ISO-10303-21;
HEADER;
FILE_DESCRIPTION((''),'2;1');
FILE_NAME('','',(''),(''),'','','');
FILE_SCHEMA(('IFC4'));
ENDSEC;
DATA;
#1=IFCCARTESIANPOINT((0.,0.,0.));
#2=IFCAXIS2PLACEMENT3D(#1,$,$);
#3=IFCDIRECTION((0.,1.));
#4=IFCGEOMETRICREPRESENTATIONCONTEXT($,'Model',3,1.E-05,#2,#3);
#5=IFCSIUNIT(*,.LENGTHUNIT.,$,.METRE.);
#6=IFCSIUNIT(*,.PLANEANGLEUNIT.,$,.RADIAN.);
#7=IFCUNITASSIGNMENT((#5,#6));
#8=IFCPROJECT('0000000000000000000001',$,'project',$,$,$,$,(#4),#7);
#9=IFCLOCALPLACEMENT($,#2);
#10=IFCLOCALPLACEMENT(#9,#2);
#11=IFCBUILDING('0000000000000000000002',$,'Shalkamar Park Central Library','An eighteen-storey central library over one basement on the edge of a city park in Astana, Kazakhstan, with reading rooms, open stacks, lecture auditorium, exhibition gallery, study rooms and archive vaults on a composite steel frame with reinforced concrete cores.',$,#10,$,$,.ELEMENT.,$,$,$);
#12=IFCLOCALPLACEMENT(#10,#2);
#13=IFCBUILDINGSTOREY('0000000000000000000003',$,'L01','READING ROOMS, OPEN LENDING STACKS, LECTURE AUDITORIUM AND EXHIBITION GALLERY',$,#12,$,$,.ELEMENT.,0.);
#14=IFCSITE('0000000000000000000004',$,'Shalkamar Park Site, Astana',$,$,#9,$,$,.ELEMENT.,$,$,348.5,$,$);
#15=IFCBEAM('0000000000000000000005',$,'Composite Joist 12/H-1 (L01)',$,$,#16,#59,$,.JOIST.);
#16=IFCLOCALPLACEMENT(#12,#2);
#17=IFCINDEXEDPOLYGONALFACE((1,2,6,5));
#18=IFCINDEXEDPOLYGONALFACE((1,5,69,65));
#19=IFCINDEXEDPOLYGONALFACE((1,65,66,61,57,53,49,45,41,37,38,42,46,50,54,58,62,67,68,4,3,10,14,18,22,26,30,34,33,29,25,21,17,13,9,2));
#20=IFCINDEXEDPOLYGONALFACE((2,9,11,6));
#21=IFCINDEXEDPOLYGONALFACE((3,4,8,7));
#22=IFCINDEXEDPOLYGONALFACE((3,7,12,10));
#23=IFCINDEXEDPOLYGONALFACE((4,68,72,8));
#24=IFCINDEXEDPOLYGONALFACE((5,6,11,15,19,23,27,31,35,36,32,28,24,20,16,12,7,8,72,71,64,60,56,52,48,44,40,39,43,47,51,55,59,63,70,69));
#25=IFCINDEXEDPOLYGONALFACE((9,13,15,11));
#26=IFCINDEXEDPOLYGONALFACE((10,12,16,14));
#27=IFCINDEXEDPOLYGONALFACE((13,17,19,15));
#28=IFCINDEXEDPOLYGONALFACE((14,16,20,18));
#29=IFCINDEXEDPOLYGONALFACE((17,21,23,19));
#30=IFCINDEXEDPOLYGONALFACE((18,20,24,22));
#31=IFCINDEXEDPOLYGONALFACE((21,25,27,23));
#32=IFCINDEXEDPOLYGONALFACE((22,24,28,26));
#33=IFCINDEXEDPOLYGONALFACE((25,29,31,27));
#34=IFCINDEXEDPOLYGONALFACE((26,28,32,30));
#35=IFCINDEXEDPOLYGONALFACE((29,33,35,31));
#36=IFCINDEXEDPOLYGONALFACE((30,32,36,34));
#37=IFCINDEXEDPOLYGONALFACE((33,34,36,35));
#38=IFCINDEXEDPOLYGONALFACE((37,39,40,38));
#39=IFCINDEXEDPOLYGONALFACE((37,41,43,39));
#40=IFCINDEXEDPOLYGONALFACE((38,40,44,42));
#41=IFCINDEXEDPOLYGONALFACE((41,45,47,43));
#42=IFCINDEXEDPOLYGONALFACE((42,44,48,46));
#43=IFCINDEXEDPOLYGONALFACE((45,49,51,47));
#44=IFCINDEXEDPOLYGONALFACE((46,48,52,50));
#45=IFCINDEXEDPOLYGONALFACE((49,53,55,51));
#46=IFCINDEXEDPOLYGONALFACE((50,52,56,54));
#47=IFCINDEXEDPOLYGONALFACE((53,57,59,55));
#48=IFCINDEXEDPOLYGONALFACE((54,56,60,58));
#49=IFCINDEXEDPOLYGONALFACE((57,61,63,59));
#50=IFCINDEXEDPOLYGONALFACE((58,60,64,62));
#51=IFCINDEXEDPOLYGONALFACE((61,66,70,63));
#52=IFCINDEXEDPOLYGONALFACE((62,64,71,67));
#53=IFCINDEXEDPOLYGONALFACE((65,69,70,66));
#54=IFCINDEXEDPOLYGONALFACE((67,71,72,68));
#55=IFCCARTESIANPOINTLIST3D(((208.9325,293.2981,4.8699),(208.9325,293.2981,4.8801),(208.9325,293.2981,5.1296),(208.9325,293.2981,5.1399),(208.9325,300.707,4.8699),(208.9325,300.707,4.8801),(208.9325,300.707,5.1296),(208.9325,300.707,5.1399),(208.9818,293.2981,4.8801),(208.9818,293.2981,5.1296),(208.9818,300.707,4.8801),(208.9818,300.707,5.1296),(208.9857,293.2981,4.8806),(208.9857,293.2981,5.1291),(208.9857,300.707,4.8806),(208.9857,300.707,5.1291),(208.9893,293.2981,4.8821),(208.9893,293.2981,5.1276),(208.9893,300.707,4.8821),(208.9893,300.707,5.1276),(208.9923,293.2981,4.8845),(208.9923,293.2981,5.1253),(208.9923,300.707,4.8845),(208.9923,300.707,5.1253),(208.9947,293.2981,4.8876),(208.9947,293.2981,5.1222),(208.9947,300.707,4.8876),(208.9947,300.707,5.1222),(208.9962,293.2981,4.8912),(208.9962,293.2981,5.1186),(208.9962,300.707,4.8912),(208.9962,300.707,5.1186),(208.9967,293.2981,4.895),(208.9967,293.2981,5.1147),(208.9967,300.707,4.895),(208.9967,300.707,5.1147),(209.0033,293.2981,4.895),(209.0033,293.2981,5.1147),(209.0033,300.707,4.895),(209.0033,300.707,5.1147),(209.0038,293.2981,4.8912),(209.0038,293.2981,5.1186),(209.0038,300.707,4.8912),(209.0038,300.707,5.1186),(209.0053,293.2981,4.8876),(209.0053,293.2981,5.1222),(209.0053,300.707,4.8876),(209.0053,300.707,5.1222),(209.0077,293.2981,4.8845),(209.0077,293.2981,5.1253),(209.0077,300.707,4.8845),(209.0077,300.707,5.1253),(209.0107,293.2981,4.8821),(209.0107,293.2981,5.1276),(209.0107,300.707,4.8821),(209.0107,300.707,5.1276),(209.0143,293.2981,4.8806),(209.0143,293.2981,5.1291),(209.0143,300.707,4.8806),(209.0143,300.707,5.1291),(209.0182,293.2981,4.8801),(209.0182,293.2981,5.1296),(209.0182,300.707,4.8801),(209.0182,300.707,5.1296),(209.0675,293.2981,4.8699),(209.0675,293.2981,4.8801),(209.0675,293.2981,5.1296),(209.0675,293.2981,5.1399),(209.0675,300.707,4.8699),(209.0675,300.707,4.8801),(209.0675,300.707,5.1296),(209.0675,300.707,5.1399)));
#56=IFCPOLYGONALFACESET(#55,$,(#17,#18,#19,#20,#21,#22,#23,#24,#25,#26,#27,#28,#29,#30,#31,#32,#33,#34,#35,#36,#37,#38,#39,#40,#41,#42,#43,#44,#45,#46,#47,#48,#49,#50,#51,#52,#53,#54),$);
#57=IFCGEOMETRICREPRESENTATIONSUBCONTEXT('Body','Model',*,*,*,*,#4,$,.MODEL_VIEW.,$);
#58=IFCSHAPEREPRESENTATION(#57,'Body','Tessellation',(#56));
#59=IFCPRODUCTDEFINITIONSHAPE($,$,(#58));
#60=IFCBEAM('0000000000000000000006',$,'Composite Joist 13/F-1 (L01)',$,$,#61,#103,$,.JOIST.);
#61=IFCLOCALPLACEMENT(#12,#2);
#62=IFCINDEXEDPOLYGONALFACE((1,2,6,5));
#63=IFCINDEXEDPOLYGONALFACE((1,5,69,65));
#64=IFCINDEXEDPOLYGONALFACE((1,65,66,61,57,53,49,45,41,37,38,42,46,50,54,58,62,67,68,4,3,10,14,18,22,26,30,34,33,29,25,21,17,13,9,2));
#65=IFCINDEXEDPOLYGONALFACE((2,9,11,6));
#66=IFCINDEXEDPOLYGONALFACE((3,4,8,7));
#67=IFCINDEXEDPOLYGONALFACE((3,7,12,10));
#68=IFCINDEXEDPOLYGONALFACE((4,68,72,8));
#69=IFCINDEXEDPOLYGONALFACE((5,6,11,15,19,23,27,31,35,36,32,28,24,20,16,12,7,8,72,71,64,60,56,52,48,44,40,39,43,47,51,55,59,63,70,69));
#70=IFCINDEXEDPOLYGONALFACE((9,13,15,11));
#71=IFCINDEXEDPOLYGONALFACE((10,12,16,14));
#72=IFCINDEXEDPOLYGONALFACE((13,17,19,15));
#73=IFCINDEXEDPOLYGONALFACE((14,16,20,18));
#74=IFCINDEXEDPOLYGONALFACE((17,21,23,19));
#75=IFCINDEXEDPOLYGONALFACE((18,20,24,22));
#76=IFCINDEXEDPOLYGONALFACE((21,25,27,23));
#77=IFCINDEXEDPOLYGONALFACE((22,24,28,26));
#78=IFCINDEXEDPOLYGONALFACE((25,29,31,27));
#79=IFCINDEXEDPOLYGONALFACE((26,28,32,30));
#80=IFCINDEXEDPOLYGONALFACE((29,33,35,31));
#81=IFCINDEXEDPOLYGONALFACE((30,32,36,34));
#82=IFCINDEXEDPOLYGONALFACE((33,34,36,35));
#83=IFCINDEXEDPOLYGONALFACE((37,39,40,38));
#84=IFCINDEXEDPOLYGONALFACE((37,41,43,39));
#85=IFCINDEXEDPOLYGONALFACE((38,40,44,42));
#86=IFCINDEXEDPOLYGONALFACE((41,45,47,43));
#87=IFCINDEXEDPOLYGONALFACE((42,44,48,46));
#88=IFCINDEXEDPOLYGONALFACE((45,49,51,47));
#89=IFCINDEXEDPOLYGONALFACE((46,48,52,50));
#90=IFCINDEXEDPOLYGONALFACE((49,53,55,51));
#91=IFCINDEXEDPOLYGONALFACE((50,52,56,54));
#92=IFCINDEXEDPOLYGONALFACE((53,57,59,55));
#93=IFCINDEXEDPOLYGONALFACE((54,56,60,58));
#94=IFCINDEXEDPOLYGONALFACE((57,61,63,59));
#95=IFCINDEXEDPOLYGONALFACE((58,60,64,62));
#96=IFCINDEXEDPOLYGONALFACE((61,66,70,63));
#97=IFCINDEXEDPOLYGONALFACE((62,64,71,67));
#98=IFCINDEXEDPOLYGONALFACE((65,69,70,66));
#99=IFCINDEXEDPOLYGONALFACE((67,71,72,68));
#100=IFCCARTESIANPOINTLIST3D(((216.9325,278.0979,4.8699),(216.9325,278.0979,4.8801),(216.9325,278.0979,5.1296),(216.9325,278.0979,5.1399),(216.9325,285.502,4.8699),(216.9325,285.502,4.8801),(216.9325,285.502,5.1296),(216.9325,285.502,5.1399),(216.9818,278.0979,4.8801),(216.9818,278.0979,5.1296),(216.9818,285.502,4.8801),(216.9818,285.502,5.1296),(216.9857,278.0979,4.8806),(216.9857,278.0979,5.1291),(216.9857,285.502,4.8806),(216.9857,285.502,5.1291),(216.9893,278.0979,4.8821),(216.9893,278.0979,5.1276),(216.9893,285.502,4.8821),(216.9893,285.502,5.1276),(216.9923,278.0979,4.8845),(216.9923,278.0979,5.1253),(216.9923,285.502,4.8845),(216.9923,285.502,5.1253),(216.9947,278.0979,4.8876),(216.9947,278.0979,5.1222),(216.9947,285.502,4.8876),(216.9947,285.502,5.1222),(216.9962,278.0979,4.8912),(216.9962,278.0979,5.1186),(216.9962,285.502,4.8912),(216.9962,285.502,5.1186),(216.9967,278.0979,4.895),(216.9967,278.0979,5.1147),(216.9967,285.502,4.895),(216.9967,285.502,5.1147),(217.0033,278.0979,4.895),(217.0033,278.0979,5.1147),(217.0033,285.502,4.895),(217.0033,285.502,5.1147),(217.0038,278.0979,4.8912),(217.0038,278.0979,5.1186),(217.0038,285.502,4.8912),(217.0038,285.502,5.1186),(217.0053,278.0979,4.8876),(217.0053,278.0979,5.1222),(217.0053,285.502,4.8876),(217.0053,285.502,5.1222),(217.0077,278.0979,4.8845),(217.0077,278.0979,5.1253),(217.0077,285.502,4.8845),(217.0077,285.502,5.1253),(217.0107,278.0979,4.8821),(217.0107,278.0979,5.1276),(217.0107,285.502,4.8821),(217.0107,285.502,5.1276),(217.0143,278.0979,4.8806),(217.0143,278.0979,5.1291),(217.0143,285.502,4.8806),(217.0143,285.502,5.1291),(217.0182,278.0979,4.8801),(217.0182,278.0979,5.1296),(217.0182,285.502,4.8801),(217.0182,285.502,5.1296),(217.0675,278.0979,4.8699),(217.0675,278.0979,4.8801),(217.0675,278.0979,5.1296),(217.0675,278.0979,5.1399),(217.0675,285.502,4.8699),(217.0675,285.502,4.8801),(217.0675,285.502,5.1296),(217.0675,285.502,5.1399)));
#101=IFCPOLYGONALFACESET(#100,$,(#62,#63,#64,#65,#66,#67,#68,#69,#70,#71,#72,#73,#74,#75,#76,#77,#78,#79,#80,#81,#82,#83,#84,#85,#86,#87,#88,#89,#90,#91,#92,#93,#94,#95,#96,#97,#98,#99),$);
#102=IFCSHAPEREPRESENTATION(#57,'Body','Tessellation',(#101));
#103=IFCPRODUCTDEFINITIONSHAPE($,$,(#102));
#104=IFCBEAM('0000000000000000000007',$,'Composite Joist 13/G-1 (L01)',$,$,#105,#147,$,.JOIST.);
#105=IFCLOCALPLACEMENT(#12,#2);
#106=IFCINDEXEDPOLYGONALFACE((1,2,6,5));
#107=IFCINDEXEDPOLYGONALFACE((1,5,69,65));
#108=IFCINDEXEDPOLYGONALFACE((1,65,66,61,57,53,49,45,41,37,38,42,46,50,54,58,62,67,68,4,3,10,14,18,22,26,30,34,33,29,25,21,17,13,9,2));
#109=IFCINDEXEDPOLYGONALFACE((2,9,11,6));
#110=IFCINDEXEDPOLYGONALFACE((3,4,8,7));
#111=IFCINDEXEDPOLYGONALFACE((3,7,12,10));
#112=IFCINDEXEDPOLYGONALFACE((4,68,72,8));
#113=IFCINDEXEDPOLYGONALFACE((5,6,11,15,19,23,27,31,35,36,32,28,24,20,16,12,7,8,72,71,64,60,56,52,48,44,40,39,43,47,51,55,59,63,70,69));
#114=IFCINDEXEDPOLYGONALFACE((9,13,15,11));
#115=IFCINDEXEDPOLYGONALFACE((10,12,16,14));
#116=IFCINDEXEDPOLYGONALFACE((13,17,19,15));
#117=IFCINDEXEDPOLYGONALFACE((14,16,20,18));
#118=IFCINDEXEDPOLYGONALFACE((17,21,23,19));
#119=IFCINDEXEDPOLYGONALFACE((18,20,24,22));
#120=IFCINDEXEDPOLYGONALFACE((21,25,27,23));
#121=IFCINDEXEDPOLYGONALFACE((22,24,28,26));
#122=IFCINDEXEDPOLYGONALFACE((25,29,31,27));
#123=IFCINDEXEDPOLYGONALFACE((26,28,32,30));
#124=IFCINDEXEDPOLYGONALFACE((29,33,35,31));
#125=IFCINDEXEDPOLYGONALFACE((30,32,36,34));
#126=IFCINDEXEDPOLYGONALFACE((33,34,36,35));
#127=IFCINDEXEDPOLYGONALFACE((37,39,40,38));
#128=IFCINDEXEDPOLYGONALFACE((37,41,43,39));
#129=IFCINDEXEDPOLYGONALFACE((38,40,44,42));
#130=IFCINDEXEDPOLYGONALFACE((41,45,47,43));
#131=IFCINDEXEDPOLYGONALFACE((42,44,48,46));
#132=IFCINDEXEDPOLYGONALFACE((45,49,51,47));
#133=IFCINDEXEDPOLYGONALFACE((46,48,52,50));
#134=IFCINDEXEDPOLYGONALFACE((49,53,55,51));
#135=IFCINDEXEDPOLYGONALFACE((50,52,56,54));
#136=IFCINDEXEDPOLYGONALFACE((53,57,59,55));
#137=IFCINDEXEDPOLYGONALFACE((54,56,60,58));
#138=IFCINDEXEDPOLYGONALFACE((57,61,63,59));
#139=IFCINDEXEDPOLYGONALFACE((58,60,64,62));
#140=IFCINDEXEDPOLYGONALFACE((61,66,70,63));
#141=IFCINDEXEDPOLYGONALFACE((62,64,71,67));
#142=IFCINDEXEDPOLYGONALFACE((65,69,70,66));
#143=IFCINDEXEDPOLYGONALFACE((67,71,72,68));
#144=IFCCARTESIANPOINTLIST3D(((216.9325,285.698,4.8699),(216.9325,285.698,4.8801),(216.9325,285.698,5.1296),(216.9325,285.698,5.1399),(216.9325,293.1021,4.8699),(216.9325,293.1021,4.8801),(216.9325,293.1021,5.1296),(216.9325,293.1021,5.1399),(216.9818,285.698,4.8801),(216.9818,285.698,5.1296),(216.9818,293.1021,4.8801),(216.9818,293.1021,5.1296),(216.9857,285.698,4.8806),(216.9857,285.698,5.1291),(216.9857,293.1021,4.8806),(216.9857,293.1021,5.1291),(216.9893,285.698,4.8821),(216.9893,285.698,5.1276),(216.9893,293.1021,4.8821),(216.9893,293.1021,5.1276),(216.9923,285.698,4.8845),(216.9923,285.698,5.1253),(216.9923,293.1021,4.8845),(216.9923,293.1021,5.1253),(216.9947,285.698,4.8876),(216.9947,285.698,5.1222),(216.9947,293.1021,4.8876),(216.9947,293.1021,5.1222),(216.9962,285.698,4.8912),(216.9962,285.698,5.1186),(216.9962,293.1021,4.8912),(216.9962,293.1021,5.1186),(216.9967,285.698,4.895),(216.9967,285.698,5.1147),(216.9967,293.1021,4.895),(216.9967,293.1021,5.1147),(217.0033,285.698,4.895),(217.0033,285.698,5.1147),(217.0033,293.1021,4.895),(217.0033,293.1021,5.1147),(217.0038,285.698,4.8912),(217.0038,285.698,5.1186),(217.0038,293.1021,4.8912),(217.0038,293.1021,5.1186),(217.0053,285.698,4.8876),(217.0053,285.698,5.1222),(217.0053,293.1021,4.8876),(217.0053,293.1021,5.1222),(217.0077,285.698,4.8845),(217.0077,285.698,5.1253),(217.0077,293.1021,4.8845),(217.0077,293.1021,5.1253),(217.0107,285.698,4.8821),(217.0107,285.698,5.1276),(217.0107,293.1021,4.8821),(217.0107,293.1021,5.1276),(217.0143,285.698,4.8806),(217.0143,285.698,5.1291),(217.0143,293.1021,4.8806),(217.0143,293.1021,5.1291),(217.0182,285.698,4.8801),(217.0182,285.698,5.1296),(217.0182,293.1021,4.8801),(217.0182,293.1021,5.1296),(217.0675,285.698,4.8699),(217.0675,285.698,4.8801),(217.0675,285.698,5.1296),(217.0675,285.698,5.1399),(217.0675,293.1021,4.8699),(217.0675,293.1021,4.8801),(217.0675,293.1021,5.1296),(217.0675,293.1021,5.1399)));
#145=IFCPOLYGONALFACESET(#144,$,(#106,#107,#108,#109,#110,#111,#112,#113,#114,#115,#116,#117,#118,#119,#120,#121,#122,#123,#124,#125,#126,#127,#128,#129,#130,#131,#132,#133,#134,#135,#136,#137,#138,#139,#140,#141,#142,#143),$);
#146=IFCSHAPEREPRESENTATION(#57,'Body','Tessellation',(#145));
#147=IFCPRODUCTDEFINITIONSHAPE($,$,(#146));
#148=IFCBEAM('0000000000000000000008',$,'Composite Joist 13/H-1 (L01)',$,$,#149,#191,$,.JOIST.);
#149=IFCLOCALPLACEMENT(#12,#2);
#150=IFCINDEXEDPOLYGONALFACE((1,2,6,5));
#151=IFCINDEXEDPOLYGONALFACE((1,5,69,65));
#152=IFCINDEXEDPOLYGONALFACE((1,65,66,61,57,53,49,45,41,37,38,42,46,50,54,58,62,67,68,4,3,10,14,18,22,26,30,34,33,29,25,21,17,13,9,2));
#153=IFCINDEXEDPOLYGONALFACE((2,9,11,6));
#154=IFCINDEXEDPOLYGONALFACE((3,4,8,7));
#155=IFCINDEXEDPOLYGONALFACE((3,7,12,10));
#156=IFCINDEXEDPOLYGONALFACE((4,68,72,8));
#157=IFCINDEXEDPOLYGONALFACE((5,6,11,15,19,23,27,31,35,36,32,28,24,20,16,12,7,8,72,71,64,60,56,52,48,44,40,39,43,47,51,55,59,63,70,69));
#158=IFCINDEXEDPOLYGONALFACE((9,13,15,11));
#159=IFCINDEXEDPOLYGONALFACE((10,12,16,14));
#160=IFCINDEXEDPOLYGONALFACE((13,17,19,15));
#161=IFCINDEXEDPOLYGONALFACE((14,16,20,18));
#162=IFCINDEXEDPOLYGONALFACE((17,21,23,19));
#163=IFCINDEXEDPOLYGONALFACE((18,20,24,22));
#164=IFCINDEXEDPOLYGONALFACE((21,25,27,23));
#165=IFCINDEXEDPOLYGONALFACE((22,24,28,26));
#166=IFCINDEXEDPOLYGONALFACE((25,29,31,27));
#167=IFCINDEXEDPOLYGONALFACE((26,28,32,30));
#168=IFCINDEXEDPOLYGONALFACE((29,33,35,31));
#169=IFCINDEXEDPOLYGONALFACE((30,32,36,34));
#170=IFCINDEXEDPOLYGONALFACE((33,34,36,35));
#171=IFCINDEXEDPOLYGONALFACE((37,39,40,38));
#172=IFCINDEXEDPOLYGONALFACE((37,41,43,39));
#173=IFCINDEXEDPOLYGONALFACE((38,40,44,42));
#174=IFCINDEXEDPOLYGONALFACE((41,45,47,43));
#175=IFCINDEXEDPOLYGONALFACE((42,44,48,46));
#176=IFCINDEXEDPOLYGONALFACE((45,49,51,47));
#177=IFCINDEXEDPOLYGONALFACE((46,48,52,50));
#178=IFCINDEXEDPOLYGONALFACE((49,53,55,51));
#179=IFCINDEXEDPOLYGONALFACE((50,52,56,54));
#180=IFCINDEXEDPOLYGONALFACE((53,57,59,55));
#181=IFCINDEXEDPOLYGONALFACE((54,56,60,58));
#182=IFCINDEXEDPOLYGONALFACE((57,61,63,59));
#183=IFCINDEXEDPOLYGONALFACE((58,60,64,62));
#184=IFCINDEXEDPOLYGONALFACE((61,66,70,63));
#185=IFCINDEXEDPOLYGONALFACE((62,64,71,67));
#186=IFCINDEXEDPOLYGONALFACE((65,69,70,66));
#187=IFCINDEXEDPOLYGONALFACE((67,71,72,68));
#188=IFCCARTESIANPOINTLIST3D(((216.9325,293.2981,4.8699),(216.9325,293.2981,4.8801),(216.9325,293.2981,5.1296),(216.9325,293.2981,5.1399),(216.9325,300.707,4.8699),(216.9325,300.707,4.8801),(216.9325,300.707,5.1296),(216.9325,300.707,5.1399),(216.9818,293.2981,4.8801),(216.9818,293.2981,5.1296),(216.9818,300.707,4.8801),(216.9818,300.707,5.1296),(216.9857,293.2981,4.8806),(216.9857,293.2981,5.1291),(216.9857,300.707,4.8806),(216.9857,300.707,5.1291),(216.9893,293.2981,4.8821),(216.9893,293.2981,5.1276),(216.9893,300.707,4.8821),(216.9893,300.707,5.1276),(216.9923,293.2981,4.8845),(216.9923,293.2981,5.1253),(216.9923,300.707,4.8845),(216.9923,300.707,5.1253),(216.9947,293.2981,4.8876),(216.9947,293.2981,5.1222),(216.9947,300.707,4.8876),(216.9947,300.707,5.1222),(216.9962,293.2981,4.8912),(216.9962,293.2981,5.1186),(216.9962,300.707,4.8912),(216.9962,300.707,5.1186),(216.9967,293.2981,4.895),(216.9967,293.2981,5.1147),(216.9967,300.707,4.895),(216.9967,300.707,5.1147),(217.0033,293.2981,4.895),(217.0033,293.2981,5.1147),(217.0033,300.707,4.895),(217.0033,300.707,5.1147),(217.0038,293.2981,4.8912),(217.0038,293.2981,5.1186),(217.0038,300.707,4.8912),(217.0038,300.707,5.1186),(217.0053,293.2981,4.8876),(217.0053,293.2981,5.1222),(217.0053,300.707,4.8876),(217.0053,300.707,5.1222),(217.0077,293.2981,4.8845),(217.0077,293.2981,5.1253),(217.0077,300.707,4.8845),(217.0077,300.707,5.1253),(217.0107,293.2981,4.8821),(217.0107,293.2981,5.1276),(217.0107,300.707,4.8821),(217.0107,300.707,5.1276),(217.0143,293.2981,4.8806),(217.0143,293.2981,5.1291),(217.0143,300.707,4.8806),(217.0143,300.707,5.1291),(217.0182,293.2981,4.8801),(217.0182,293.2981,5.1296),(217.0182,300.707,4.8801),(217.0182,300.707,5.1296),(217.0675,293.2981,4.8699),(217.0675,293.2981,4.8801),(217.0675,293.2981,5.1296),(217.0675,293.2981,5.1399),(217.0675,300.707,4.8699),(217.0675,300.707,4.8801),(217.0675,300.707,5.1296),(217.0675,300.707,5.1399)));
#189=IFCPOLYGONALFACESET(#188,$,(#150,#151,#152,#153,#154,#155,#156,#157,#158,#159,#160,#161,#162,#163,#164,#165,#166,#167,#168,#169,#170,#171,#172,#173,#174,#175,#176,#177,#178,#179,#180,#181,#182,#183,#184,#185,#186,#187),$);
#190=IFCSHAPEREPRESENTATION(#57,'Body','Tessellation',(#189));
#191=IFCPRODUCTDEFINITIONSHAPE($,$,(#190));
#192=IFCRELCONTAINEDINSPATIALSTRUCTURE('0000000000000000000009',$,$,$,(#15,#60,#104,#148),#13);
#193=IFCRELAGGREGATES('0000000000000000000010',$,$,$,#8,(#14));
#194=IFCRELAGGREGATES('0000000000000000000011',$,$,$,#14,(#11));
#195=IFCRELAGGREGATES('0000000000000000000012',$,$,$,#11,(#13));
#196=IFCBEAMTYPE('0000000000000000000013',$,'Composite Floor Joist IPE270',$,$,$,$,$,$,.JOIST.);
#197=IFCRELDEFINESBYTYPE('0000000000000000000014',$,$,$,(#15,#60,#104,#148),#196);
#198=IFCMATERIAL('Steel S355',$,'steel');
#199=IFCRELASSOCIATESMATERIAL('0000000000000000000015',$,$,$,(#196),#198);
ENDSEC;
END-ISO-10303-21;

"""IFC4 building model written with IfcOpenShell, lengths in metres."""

from ifc_helpers import new_model, si_unit, direction, frame, origin, origin_2d, place, context, subcontext, project, spatial, i_section, extrude, material, material_profile, profile_set, type_object, element, save


model = new_model("IFC4")

# Units and contexts
model_context = context("Model", 3, precision=1e-05, world=origin(), true_north=direction((0.0, 1.0)))
body_context = subcontext(model_context, "Body", "Model", "MODEL_VIEW")
ifc_project = project(units=[si_unit("LENGTHUNIT", "METRE"), si_unit("PLANEANGLEUNIT", "RADIAN")], contexts=[model_context])

# Site, building, storey
site_placement = place(None, origin())
site = spatial("IfcSite", under=ifc_project, at=site_placement, Name="Shalkamar Park Site, Astana", CompositionType="ELEMENT", RefElevation=348.5)
building_placement = place(site_placement, origin())
building = spatial("IfcBuilding", under=site, at=building_placement, Name="Shalkamar Park Central Library", Description="An eighteen-storey central library over one basement on the edge of a city park in Astana, Kazakhstan, with reading rooms, open stacks, lecture auditorium, exhibition gallery, study rooms and archive vaults on a composite steel frame with reinforced concrete cores.", CompositionType="ELEMENT")
storey_placement = place(building_placement, origin())
storey = spatial("IfcBuildingStorey", under=building, at=storey_placement, Name="L01", Description="READING ROOMS, OPEN LENDING STACKS, LECTURE AUDITORIUM AND EXHIBITION GALLERY", CompositionType="ELEMENT", Elevation=0.0)

# Shared definitions
ifc_material = material(Name="Steel S355", Category="steel")

# Beams
ifc_material_profile_1 = material_profile(ifc_material, i_section(OverallWidth=0.135, OverallDepth=0.27, WebThickness=0.0066, FlangeThickness=0.0103, FilletRadius=0.0149, at=origin_2d()), Name="IPE 270")
ifc_profile_set_1 = profile_set([ifc_material_profile_1], Name="Steel S355")
beam_type_1 = type_object("IfcBeamType", Name="Composite Floor Joist IPE270", PredefinedType="JOIST", material=ifc_profile_set_1)
beam_1_placement = place(storey_placement, frame((209.0, 293.2981, 5.0049), z_axis=(0.0, 1.0, 0.0), x_axis=(-1.0, 0.0, 0.0)))
element("IfcBeam", 1, at=beam_1_placement, inside=storey, type_object=beam_type_1, Name="Composite Joist 12/H-1 (L01)", PredefinedType="JOIST", context=body_context, shape_type="SweptSolid", body=[
    extrude(i_section(OverallWidth=0.135, OverallDepth=0.27, WebThickness=0.0066, FlangeThickness=0.0103, FilletRadius=0.0149, at=origin_2d()), origin(), (0.0, 0.0, 1.0), 7.4089),
])
for number, where, z_axis, x_axis, name in (
    (2, (217.0, 278.0979, 5.0049), (0.0, 1.0, 0.0), (-1.0, 0.0, 0.0), "Composite Joist 13/F-1 (L01)"),
    (3, (217.0, 285.698, 5.0049), (0.0, 1.0, 0.0), (-1.0, 0.0, 0.0), "Composite Joist 13/G-1 (L01)"),
):
    element("IfcBeam", number, at=place(storey_placement, frame(where, z_axis=z_axis, x_axis=x_axis)), inside=storey, type_object=beam_type_1, Name=name, PredefinedType="JOIST", context=body_context, shape_type="SweptSolid", body=[
        extrude(i_section(OverallWidth=0.135, OverallDepth=0.27, WebThickness=0.0066, FlangeThickness=0.0103, FilletRadius=0.0149, at=origin_2d()), origin(), (0.0, 0.0, 1.0), 7.4041),
    ])
beam_2_placement = place(storey_placement, frame((217.0, 293.2981, 5.0049), z_axis=(0.0, 1.0, 0.0), x_axis=(-1.0, 0.0, 0.0)))
element("IfcBeam", 4, at=beam_2_placement, inside=storey, type_object=beam_type_1, Name="Composite Joist 13/H-1 (L01)", PredefinedType="JOIST", context=body_context, shape_type="SweptSolid", body=[
    extrude(i_section(OverallWidth=0.135, OverallDepth=0.27, WebThickness=0.0066, FlangeThickness=0.0103, FilletRadius=0.0149, at=origin_2d()), origin(), (0.0, 0.0, 1.0), 7.4089),
])

save(model, "model.ifc")
